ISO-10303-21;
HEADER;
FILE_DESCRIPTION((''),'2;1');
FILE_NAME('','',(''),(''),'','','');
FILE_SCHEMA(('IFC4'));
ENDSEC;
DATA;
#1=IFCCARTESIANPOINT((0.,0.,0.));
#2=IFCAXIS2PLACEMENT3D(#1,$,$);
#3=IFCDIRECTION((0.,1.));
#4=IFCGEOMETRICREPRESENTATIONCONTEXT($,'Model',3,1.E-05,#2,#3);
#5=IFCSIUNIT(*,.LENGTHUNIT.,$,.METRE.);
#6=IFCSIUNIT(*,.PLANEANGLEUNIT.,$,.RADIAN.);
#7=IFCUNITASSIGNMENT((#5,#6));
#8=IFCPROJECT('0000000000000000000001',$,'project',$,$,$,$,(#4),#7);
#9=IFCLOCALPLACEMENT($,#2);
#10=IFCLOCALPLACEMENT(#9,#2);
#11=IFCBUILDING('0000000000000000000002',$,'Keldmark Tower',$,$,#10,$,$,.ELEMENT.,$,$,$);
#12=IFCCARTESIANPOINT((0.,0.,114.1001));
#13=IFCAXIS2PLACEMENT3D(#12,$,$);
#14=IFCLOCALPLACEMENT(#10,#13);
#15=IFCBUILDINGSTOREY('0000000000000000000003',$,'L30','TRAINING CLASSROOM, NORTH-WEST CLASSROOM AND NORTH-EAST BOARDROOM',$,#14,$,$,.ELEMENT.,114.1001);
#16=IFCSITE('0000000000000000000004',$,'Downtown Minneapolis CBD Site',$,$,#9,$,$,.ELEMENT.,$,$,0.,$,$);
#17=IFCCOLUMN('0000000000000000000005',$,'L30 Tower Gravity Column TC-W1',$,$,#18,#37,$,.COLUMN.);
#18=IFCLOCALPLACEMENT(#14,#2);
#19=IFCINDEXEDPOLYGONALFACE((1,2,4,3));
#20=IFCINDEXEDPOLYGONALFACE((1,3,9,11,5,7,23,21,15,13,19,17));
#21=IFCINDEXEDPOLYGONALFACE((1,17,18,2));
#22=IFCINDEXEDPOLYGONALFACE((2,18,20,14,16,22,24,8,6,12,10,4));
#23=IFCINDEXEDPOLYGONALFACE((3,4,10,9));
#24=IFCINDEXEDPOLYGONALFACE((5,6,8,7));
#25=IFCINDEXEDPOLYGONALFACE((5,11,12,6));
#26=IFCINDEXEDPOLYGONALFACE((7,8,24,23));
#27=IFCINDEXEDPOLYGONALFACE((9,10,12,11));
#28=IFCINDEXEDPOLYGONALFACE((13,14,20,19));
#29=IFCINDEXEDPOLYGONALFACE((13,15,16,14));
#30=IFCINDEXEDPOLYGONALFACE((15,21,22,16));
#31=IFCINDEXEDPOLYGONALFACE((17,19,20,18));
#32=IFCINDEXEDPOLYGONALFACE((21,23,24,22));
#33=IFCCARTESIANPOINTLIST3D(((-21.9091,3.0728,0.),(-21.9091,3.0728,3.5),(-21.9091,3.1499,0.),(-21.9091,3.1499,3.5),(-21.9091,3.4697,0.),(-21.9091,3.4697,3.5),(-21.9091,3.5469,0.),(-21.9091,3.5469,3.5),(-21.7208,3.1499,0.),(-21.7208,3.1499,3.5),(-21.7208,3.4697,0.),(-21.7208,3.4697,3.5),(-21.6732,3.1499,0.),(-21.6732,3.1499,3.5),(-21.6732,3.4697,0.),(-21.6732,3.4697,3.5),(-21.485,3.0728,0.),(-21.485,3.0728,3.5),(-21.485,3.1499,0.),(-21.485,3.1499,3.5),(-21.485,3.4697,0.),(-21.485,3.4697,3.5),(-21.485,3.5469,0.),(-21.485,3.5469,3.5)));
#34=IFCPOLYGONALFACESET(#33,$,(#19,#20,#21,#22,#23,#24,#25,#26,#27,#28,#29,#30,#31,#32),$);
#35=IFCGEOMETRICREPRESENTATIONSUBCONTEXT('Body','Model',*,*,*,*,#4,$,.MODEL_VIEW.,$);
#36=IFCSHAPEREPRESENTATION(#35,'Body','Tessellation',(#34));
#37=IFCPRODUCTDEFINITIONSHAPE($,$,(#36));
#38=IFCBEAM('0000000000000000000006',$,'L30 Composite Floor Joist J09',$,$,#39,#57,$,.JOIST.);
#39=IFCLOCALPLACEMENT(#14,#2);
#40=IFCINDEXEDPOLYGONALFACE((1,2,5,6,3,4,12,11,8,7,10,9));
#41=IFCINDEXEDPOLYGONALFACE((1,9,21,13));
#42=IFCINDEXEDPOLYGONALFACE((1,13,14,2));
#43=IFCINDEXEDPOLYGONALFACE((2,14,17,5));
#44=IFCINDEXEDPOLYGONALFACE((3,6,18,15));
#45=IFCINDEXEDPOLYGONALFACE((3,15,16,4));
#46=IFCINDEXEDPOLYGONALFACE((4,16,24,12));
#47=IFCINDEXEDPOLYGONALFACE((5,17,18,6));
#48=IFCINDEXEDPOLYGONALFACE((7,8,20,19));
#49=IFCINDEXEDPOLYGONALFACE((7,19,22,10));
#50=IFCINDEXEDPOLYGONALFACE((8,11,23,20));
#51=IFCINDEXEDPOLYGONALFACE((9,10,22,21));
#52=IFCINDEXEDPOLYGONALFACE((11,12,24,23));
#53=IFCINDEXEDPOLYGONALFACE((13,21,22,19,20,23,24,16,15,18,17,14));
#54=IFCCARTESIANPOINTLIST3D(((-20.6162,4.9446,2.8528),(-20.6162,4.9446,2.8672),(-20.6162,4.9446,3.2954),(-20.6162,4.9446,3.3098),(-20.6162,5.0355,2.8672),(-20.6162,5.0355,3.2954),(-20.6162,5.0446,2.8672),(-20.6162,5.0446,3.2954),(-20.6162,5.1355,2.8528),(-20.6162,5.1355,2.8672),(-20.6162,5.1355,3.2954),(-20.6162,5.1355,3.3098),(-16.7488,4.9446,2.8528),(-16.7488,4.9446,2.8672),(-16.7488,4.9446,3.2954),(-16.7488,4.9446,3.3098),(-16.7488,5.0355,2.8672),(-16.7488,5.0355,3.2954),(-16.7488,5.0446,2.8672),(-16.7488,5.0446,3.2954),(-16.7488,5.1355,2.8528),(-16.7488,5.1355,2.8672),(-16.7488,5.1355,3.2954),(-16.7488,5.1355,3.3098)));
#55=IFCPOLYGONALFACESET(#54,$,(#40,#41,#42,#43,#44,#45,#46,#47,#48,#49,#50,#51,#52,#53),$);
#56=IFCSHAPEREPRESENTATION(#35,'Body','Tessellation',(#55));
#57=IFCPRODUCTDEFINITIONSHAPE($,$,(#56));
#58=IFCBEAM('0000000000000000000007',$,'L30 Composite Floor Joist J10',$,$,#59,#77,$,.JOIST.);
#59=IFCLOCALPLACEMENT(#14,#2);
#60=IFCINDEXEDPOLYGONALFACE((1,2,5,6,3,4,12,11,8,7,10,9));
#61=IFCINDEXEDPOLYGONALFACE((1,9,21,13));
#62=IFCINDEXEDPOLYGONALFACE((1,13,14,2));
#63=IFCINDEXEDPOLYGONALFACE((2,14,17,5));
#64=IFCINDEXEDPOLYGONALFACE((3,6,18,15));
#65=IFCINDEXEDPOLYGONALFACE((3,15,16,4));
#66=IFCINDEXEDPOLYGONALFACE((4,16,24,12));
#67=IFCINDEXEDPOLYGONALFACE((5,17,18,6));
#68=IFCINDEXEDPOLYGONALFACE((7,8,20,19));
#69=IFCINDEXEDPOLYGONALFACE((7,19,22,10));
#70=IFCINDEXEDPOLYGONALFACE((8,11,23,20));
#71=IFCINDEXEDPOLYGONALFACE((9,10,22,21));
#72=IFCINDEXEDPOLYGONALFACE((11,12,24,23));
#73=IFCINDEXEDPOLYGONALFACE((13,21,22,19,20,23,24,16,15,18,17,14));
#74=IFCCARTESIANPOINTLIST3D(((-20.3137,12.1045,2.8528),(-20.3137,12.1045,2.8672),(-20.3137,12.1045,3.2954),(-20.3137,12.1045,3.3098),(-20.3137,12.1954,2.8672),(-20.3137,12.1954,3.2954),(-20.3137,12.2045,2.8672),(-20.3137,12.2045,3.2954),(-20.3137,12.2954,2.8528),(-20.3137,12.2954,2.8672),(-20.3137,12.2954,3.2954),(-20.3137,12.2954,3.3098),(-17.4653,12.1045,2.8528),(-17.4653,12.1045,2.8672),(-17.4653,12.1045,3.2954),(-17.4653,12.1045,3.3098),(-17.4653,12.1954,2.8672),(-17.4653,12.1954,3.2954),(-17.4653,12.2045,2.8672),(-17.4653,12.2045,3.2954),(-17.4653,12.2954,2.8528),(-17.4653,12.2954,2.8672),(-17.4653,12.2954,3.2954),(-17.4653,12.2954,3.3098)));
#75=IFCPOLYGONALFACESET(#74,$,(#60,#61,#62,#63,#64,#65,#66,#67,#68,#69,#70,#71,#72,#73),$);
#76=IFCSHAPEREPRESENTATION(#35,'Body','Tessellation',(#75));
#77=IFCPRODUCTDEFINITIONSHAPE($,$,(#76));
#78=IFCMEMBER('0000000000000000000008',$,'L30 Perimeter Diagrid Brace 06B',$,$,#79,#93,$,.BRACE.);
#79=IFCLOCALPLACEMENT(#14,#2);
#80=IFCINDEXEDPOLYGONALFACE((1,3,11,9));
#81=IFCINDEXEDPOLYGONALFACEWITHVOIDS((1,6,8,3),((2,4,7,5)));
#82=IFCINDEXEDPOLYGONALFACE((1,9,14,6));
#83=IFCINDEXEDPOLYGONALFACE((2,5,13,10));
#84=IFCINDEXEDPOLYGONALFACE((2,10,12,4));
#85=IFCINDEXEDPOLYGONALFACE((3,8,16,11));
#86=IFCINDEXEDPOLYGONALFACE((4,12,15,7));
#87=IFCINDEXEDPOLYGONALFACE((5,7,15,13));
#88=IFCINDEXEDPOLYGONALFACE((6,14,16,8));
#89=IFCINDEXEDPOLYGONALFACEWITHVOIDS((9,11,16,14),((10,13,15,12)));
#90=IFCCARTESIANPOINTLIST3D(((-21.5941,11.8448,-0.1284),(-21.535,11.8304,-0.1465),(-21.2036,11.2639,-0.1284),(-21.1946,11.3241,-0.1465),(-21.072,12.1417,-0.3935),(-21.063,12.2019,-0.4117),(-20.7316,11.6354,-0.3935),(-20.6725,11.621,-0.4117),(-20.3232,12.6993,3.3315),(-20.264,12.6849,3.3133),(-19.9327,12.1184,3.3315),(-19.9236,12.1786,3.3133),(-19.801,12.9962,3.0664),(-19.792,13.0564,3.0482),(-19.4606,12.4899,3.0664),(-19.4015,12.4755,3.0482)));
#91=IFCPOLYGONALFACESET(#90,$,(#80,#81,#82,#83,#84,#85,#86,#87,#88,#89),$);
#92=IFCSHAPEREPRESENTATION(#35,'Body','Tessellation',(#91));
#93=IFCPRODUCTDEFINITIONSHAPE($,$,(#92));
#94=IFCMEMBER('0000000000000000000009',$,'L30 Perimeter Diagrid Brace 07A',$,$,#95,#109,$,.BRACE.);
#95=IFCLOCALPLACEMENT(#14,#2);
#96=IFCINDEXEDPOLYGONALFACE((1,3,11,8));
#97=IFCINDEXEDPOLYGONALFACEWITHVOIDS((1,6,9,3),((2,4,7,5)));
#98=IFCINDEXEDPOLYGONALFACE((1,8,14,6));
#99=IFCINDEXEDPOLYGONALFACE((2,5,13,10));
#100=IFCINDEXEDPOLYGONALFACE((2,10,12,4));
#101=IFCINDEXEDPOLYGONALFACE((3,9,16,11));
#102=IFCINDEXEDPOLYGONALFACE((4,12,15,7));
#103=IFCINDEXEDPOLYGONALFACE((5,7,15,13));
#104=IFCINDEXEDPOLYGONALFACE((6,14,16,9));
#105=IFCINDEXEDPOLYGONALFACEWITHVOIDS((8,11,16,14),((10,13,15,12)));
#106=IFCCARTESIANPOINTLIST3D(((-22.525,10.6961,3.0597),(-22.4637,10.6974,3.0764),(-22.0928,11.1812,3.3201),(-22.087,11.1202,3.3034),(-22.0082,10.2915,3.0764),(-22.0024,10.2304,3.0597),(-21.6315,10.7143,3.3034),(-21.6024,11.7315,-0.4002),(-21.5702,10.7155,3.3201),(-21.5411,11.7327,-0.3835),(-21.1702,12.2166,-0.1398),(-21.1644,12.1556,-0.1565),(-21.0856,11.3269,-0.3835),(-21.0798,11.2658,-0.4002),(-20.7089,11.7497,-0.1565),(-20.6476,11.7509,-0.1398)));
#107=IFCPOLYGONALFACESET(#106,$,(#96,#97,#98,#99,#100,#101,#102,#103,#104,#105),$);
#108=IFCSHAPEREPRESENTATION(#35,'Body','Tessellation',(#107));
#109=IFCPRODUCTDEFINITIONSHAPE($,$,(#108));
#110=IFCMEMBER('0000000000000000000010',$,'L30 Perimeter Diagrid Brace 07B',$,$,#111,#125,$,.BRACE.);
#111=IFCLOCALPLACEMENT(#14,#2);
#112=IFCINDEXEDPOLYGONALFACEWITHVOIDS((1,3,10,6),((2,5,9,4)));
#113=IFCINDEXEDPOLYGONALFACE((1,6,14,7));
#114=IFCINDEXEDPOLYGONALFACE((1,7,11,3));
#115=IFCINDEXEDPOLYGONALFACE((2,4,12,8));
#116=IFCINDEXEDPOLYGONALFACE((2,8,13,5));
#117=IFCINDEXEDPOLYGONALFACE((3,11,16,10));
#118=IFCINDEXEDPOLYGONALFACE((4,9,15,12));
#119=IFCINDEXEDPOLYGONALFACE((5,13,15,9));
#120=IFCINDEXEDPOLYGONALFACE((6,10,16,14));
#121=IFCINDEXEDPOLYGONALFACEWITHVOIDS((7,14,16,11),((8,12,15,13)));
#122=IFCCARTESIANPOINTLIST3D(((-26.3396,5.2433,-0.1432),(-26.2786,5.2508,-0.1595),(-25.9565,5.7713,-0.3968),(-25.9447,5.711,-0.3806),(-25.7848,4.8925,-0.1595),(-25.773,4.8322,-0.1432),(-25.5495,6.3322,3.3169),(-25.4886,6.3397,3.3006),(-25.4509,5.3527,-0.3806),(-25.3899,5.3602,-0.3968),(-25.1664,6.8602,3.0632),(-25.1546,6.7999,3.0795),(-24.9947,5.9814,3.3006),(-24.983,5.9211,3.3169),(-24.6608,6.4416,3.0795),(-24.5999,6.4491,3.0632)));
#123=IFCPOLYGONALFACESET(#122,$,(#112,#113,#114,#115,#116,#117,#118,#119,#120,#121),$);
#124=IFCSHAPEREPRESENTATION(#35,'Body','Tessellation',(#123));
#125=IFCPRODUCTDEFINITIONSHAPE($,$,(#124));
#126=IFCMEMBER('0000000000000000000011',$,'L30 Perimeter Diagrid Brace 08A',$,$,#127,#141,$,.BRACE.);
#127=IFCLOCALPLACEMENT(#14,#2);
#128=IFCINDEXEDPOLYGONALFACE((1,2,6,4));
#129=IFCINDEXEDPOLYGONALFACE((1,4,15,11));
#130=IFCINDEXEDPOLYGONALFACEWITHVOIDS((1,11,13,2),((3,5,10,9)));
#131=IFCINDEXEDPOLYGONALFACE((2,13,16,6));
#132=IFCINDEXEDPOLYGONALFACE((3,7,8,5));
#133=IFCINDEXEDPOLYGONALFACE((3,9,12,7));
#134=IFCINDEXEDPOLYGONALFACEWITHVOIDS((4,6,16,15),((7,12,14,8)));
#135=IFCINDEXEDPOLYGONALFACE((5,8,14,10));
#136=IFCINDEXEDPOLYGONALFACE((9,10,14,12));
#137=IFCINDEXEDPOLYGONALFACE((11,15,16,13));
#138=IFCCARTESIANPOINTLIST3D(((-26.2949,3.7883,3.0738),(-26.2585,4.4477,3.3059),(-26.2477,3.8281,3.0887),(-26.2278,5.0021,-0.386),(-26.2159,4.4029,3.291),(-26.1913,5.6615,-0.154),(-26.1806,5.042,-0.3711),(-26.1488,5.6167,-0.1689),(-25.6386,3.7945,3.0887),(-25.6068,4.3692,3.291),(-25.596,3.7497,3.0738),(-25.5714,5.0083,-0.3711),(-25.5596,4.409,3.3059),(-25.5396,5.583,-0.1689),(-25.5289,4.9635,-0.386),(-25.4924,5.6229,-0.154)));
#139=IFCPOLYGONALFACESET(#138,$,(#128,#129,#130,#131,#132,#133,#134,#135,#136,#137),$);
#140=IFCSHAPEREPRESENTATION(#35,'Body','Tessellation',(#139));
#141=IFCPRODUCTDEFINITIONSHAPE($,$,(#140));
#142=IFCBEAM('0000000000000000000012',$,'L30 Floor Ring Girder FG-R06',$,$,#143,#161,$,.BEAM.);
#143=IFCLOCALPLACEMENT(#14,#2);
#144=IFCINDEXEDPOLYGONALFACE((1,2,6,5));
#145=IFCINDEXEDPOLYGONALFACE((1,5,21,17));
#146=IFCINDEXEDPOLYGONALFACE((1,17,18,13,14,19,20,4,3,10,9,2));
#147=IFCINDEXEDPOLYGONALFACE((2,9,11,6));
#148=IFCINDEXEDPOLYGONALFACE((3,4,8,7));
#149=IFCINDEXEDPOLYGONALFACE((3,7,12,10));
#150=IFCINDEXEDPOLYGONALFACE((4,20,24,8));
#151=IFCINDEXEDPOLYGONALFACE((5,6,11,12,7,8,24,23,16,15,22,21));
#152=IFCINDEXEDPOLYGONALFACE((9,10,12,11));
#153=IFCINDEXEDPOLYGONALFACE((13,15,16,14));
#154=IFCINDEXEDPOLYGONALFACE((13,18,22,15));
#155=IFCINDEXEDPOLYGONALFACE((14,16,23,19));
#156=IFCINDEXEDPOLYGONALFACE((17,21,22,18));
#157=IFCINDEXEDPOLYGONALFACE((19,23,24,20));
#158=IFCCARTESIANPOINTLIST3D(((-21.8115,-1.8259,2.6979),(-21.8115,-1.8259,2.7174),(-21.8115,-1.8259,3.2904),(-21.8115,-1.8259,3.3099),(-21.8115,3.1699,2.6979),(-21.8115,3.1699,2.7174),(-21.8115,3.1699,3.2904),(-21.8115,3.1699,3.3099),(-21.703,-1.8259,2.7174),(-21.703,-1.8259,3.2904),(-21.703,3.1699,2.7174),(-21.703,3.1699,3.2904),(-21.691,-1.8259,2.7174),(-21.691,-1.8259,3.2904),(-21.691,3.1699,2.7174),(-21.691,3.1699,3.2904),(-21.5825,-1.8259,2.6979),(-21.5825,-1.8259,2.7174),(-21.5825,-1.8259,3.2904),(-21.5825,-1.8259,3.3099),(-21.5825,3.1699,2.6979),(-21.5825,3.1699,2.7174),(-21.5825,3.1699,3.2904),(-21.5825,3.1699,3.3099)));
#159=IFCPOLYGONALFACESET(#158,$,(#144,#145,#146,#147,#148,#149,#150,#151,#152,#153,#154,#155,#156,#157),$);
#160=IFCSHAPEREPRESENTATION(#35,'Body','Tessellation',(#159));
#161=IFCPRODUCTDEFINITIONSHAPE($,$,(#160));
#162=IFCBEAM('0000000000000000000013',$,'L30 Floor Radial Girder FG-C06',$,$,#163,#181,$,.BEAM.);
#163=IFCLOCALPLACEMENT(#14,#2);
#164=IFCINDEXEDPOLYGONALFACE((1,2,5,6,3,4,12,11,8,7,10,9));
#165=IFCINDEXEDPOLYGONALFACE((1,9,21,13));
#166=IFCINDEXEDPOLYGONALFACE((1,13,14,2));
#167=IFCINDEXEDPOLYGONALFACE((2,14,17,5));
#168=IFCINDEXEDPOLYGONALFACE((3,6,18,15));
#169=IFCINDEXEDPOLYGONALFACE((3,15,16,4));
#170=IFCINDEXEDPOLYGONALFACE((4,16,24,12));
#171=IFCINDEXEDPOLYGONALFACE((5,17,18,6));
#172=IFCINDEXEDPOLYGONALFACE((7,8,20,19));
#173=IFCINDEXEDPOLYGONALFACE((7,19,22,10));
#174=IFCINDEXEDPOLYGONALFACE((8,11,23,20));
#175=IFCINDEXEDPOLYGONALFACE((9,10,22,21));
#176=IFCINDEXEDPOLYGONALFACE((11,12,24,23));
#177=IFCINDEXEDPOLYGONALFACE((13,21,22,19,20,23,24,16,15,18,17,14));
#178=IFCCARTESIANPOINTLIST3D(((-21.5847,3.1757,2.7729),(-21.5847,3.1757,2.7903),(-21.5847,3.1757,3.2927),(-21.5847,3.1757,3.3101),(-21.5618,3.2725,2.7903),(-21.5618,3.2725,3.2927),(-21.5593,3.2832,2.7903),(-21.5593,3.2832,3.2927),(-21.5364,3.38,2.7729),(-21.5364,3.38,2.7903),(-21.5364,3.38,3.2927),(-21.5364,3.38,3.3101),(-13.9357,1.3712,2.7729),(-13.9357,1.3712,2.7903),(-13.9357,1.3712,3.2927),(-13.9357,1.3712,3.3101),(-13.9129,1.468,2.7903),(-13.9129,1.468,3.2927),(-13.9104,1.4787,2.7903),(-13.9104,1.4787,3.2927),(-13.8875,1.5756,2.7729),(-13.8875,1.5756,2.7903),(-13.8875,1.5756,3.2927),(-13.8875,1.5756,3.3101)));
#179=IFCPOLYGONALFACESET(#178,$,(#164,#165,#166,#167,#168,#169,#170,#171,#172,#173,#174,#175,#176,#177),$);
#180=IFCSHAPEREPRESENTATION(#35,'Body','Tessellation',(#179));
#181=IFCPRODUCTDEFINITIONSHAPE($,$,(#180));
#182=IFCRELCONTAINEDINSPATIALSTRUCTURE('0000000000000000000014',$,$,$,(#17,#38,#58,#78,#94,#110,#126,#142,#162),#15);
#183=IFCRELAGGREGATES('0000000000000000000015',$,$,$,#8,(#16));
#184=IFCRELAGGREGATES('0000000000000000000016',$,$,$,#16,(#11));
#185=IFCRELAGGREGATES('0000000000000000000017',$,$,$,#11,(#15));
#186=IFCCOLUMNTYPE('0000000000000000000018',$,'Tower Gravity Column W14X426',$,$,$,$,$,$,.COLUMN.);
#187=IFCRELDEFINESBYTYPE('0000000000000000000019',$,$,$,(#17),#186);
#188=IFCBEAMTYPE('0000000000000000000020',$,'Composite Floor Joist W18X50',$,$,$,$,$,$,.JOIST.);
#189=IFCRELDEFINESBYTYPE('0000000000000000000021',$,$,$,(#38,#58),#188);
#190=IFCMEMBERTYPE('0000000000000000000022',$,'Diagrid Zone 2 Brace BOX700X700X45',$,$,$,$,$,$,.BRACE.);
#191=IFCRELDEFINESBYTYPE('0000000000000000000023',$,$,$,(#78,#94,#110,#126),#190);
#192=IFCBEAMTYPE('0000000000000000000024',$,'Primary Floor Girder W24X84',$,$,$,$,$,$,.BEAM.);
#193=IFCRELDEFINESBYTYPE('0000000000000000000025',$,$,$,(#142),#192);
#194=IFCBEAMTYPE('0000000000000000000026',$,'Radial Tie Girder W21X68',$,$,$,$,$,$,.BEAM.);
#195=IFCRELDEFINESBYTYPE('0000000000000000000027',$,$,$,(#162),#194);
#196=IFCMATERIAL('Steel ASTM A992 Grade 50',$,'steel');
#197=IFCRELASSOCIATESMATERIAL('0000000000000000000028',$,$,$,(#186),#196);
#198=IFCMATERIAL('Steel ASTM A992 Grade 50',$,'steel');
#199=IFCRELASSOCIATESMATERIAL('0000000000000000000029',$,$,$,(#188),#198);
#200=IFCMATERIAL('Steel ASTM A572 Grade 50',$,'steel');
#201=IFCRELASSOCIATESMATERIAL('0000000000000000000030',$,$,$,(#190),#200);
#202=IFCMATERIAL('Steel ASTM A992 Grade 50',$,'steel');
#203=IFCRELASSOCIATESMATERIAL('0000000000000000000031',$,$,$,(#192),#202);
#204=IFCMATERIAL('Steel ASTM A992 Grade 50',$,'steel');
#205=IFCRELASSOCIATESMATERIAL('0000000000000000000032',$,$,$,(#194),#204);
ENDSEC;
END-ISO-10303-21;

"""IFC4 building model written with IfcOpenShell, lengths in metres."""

from ifc_helpers import new_model, si_unit, direction, frame, origin, origin_2d, place, context, subcontext, project, spatial, hollow_rectangle, i_section, extrude, material, material_profile, profile_set, type_object, element, save


model = new_model("IFC4")

# Units and contexts
model_context = context("Model", 3, precision=1e-05, world=origin(), true_north=direction((0.0, 1.0)))
body_context = subcontext(model_context, "Body", "Model", "MODEL_VIEW")
ifc_project = project(units=[si_unit("LENGTHUNIT", "METRE"), si_unit("PLANEANGLEUNIT", "RADIAN")], contexts=[model_context])

# Site, building, storey
site_placement = place(None, origin())
site = spatial("IfcSite", under=ifc_project, at=site_placement, Name="Downtown Minneapolis CBD Site", CompositionType="ELEMENT", RefElevation=0.0)
building_placement = place(site_placement, origin())
building = spatial("IfcBuilding", under=site, at=building_placement, Name="Keldmark Tower", CompositionType="ELEMENT")
storey_placement = place(building_placement, frame((0.0, 0.0, 114.1001)))
storey = spatial("IfcBuildingStorey", under=building, at=storey_placement, Name="L30", Description="TRAINING CLASSROOM, NORTH-WEST CLASSROOM AND NORTH-EAST BOARDROOM", CompositionType="ELEMENT", Elevation=114.1001)

# Column
ifc_material_1 = material(Name="Steel ASTM A992 Grade 50", Category="steel")
ifc_material_profile_1 = material_profile(ifc_material_1, i_section(OverallWidth=0.4241, OverallDepth=0.4741, WebThickness=0.0476, FlangeThickness=0.0771, at=origin_2d()), Name="W14X426")
ifc_profile_set_1 = profile_set([ifc_material_profile_1], Name="Steel ASTM A992 Grade 50")
column_type = type_object("IfcColumnType", Name="Tower Gravity Column W14X426", PredefinedType="COLUMN", material=ifc_profile_set_1)
column_placement = place(storey_placement, frame((-21.697, 3.3098, 0.0), z_axis=(0.0, 0.0, 1.0), x_axis=(1.0, 0.0, 0.0)))
element("IfcColumn", 1, at=column_placement, inside=storey, type_object=column_type, Name="L30 Tower Gravity Column TC-W1", PredefinedType="COLUMN", context=body_context, shape_type="SweptSolid", body=[
    extrude(i_section(OverallWidth=0.4241, OverallDepth=0.4741, WebThickness=0.0476, FlangeThickness=0.0771, at=origin_2d()), origin(), (0.0, 0.0, 1.0), 3.5),
])

# Beams
ifc_material_2 = material(Name="Steel ASTM A992 Grade 50", Category="steel")
ifc_material_profile_2 = material_profile(ifc_material_2, i_section(OverallWidth=0.1909, OverallDepth=0.457, WebThickness=0.009, FlangeThickness=0.0144, at=origin_2d()), Name="W18X50")
ifc_profile_set_2 = profile_set([ifc_material_profile_2], Name="Steel ASTM A992 Grade 50")
beam_type_1 = type_object("IfcBeamType", Name="Composite Floor Joist W18X50", PredefinedType="JOIST", material=ifc_profile_set_2)
beam_1_placement = place(storey_placement, frame((-20.6162, 5.04, 3.0813), z_axis=(1.0, 0.0, 0.0), x_axis=(0.0, 1.0, 0.0)))
element("IfcBeam", 2, at=beam_1_placement, inside=storey, type_object=beam_type_1, Name="L30 Composite Floor Joist J09", PredefinedType="JOIST", context=body_context, shape_type="SweptSolid", body=[
    extrude(i_section(OverallWidth=0.1909, OverallDepth=0.457, WebThickness=0.009, FlangeThickness=0.0144, at=origin_2d()), origin(), (0.0, 0.0, 1.0), 3.8674),
])
beam_2_placement = place(storey_placement, frame((-20.3137, 12.2, 3.0813), z_axis=(1.0, 0.0, 0.0), x_axis=(0.0, 1.0, 0.0)))
element("IfcBeam", 3, at=beam_2_placement, inside=storey, type_object=beam_type_1, Name="L30 Composite Floor Joist J10", PredefinedType="JOIST", context=body_context, shape_type="SweptSolid", body=[
    extrude(i_section(OverallWidth=0.1909, OverallDepth=0.457, WebThickness=0.009, FlangeThickness=0.0144, at=origin_2d()), origin(), (0.0, 0.0, 1.0), 2.8484),
])

# Members
ifc_material_3 = material(Name="Steel ASTM A572 Grade 50", Category="steel")
ifc_material_profile_3 = material_profile(ifc_material_3, hollow_rectangle(XDim=0.7, YDim=0.7, WallThickness=0.0449, at=origin_2d()), Name="BOX700X700X45")
ifc_profile_set_3 = profile_set([ifc_material_profile_3], Name="Steel ASTM A572 Grade 50")
member_type = type_object("IfcMemberType", Name="Diagrid Zone 2 Brace BOX700X700X45", PredefinedType="BRACE", material=ifc_profile_set_3)
member_1_placement = place(storey_placement, frame((-21.1333, 11.7329, -0.27), z_axis=(0.335907, 0.225831, 0.914422), x_axis=(-0.557933, 0.829886, 0.0)))
element("IfcMember", 4, at=member_1_placement, inside=storey, type_object=member_type, Name="L30 Perimeter Diagrid Brace 06B", PredefinedType="BRACE", context=body_context, shape_type="SweptSolid", body=[
    extrude(hollow_rectangle(XDim=0.7, YDim=0.7, WallThickness=0.0449, at=origin_2d()), origin(), (0.0, 0.0, 1.0), 3.7837),
])
member_2_placement = place(storey_placement, frame((-21.125, 11.7412, -0.27), z_axis=(-0.247511, -0.27777, 0.928215), x_axis=(0.746603, -0.66527, 0.0)))
element("IfcMember", 5, at=member_2_placement, inside=storey, type_object=member_type, Name="L30 Perimeter Diagrid Brace 07A", PredefinedType="BRACE", context=body_context, shape_type="SweptSolid", body=[
    extrude(hollow_rectangle(XDim=0.7, YDim=0.7, WallThickness=0.0449, at=origin_2d()), origin(), (0.0, 0.0, 1.0), 3.7275),
])
member_3_placement = place(storey_placement, frame((-25.8647, 5.3018, -0.27), z_axis=(0.212817, 0.293314, 0.932028), x_axis=(-0.809395, 0.587265, 0.0)))
element("IfcMember", 6, at=member_3_placement, inside=storey, type_object=member_type, Name="L30 Perimeter Diagrid Brace 07B", PredefinedType="BRACE", context=body_context, shape_type="SweptSolid", body=[
    extrude(hollow_rectangle(XDim=0.7, YDim=0.7, WallThickness=0.0449, at=origin_2d()), origin(), (0.0, 0.0, 1.0), 3.7124),
])
member_4_placement = place(storey_placement, frame((-25.8601, 5.3125, -0.27), z_axis=(-0.018307, -0.330995, 0.943455), x_axis=(0.998474, -0.055225, 0.0)))
element("IfcMember", 7, at=member_4_placement, inside=storey, type_object=member_type, Name="L30 Perimeter Diagrid Brace 08A", PredefinedType="BRACE", context=body_context, shape_type="SweptSolid", body=[
    extrude(hollow_rectangle(XDim=0.7, YDim=0.7, WallThickness=0.0449, at=origin_2d()), origin(), (0.0, 0.0, 1.0), 3.6672),
])

# Beams
ifc_material_4 = material(Name="Steel ASTM A992 Grade 50", Category="steel")
ifc_material_profile_4 = material_profile(ifc_material_4, i_section(OverallWidth=0.229, OverallDepth=0.6121, WebThickness=0.012, FlangeThickness=0.0195, at=origin_2d()), Name="W24X84")
ifc_profile_set_4 = profile_set([ifc_material_profile_4], Name="Steel ASTM A992 Grade 50")
beam_type_2 = type_object("IfcBeamType", Name="Primary Floor Girder W24X84", PredefinedType="BEAM", material=ifc_profile_set_4)
beam_3_placement = place(storey_placement, frame((-21.697, 3.1699, 3.0039), z_axis=(0.0, -1.0, 0.0), x_axis=(1.0, 0.0, 0.0)))
element("IfcBeam", 8, at=beam_3_placement, inside=storey, type_object=beam_type_2, Name="L30 Floor Ring Girder FG-R06", PredefinedType="BEAM", context=body_context, shape_type="SweptSolid", body=[
    extrude(i_section(OverallWidth=0.229, OverallDepth=0.6121, WebThickness=0.012, FlangeThickness=0.0195, at=origin_2d()), origin(), (0.0, 0.0, 1.0), 4.9958),
])
ifc_material_5 = material(Name="Steel ASTM A992 Grade 50", Category="steel")
ifc_material_profile_5 = material_profile(ifc_material_5, i_section(OverallWidth=0.21, OverallDepth=0.5371, WebThickness=0.011, FlangeThickness=0.0173, at=origin_2d()), Name="W21X68")
ifc_profile_set_5 = profile_set([ifc_material_profile_5], Name="Steel ASTM A992 Grade 50")
beam_type_3 = type_object("IfcBeamType", Name="Radial Tie Girder W21X68", PredefinedType="BEAM", material=ifc_profile_set_5)
beam_4_placement = place(storey_placement, frame((-21.5605, 3.2778, 3.0415), z_axis=(0.973284, -0.229606, 0.0), x_axis=(0.229606, 0.973284, 0.0)))
element("IfcBeam", 9, at=beam_4_placement, inside=storey, type_object=beam_type_3, Name="L30 Floor Radial Girder FG-C06", PredefinedType="BEAM", context=body_context, shape_type="SweptSolid", body=[
    extrude(i_section(OverallWidth=0.21, OverallDepth=0.5371, WebThickness=0.011, FlangeThickness=0.0173, at=origin_2d()), origin(), (0.0, 0.0, 1.0), 7.8589),
])

save(model, "model.ifc")
